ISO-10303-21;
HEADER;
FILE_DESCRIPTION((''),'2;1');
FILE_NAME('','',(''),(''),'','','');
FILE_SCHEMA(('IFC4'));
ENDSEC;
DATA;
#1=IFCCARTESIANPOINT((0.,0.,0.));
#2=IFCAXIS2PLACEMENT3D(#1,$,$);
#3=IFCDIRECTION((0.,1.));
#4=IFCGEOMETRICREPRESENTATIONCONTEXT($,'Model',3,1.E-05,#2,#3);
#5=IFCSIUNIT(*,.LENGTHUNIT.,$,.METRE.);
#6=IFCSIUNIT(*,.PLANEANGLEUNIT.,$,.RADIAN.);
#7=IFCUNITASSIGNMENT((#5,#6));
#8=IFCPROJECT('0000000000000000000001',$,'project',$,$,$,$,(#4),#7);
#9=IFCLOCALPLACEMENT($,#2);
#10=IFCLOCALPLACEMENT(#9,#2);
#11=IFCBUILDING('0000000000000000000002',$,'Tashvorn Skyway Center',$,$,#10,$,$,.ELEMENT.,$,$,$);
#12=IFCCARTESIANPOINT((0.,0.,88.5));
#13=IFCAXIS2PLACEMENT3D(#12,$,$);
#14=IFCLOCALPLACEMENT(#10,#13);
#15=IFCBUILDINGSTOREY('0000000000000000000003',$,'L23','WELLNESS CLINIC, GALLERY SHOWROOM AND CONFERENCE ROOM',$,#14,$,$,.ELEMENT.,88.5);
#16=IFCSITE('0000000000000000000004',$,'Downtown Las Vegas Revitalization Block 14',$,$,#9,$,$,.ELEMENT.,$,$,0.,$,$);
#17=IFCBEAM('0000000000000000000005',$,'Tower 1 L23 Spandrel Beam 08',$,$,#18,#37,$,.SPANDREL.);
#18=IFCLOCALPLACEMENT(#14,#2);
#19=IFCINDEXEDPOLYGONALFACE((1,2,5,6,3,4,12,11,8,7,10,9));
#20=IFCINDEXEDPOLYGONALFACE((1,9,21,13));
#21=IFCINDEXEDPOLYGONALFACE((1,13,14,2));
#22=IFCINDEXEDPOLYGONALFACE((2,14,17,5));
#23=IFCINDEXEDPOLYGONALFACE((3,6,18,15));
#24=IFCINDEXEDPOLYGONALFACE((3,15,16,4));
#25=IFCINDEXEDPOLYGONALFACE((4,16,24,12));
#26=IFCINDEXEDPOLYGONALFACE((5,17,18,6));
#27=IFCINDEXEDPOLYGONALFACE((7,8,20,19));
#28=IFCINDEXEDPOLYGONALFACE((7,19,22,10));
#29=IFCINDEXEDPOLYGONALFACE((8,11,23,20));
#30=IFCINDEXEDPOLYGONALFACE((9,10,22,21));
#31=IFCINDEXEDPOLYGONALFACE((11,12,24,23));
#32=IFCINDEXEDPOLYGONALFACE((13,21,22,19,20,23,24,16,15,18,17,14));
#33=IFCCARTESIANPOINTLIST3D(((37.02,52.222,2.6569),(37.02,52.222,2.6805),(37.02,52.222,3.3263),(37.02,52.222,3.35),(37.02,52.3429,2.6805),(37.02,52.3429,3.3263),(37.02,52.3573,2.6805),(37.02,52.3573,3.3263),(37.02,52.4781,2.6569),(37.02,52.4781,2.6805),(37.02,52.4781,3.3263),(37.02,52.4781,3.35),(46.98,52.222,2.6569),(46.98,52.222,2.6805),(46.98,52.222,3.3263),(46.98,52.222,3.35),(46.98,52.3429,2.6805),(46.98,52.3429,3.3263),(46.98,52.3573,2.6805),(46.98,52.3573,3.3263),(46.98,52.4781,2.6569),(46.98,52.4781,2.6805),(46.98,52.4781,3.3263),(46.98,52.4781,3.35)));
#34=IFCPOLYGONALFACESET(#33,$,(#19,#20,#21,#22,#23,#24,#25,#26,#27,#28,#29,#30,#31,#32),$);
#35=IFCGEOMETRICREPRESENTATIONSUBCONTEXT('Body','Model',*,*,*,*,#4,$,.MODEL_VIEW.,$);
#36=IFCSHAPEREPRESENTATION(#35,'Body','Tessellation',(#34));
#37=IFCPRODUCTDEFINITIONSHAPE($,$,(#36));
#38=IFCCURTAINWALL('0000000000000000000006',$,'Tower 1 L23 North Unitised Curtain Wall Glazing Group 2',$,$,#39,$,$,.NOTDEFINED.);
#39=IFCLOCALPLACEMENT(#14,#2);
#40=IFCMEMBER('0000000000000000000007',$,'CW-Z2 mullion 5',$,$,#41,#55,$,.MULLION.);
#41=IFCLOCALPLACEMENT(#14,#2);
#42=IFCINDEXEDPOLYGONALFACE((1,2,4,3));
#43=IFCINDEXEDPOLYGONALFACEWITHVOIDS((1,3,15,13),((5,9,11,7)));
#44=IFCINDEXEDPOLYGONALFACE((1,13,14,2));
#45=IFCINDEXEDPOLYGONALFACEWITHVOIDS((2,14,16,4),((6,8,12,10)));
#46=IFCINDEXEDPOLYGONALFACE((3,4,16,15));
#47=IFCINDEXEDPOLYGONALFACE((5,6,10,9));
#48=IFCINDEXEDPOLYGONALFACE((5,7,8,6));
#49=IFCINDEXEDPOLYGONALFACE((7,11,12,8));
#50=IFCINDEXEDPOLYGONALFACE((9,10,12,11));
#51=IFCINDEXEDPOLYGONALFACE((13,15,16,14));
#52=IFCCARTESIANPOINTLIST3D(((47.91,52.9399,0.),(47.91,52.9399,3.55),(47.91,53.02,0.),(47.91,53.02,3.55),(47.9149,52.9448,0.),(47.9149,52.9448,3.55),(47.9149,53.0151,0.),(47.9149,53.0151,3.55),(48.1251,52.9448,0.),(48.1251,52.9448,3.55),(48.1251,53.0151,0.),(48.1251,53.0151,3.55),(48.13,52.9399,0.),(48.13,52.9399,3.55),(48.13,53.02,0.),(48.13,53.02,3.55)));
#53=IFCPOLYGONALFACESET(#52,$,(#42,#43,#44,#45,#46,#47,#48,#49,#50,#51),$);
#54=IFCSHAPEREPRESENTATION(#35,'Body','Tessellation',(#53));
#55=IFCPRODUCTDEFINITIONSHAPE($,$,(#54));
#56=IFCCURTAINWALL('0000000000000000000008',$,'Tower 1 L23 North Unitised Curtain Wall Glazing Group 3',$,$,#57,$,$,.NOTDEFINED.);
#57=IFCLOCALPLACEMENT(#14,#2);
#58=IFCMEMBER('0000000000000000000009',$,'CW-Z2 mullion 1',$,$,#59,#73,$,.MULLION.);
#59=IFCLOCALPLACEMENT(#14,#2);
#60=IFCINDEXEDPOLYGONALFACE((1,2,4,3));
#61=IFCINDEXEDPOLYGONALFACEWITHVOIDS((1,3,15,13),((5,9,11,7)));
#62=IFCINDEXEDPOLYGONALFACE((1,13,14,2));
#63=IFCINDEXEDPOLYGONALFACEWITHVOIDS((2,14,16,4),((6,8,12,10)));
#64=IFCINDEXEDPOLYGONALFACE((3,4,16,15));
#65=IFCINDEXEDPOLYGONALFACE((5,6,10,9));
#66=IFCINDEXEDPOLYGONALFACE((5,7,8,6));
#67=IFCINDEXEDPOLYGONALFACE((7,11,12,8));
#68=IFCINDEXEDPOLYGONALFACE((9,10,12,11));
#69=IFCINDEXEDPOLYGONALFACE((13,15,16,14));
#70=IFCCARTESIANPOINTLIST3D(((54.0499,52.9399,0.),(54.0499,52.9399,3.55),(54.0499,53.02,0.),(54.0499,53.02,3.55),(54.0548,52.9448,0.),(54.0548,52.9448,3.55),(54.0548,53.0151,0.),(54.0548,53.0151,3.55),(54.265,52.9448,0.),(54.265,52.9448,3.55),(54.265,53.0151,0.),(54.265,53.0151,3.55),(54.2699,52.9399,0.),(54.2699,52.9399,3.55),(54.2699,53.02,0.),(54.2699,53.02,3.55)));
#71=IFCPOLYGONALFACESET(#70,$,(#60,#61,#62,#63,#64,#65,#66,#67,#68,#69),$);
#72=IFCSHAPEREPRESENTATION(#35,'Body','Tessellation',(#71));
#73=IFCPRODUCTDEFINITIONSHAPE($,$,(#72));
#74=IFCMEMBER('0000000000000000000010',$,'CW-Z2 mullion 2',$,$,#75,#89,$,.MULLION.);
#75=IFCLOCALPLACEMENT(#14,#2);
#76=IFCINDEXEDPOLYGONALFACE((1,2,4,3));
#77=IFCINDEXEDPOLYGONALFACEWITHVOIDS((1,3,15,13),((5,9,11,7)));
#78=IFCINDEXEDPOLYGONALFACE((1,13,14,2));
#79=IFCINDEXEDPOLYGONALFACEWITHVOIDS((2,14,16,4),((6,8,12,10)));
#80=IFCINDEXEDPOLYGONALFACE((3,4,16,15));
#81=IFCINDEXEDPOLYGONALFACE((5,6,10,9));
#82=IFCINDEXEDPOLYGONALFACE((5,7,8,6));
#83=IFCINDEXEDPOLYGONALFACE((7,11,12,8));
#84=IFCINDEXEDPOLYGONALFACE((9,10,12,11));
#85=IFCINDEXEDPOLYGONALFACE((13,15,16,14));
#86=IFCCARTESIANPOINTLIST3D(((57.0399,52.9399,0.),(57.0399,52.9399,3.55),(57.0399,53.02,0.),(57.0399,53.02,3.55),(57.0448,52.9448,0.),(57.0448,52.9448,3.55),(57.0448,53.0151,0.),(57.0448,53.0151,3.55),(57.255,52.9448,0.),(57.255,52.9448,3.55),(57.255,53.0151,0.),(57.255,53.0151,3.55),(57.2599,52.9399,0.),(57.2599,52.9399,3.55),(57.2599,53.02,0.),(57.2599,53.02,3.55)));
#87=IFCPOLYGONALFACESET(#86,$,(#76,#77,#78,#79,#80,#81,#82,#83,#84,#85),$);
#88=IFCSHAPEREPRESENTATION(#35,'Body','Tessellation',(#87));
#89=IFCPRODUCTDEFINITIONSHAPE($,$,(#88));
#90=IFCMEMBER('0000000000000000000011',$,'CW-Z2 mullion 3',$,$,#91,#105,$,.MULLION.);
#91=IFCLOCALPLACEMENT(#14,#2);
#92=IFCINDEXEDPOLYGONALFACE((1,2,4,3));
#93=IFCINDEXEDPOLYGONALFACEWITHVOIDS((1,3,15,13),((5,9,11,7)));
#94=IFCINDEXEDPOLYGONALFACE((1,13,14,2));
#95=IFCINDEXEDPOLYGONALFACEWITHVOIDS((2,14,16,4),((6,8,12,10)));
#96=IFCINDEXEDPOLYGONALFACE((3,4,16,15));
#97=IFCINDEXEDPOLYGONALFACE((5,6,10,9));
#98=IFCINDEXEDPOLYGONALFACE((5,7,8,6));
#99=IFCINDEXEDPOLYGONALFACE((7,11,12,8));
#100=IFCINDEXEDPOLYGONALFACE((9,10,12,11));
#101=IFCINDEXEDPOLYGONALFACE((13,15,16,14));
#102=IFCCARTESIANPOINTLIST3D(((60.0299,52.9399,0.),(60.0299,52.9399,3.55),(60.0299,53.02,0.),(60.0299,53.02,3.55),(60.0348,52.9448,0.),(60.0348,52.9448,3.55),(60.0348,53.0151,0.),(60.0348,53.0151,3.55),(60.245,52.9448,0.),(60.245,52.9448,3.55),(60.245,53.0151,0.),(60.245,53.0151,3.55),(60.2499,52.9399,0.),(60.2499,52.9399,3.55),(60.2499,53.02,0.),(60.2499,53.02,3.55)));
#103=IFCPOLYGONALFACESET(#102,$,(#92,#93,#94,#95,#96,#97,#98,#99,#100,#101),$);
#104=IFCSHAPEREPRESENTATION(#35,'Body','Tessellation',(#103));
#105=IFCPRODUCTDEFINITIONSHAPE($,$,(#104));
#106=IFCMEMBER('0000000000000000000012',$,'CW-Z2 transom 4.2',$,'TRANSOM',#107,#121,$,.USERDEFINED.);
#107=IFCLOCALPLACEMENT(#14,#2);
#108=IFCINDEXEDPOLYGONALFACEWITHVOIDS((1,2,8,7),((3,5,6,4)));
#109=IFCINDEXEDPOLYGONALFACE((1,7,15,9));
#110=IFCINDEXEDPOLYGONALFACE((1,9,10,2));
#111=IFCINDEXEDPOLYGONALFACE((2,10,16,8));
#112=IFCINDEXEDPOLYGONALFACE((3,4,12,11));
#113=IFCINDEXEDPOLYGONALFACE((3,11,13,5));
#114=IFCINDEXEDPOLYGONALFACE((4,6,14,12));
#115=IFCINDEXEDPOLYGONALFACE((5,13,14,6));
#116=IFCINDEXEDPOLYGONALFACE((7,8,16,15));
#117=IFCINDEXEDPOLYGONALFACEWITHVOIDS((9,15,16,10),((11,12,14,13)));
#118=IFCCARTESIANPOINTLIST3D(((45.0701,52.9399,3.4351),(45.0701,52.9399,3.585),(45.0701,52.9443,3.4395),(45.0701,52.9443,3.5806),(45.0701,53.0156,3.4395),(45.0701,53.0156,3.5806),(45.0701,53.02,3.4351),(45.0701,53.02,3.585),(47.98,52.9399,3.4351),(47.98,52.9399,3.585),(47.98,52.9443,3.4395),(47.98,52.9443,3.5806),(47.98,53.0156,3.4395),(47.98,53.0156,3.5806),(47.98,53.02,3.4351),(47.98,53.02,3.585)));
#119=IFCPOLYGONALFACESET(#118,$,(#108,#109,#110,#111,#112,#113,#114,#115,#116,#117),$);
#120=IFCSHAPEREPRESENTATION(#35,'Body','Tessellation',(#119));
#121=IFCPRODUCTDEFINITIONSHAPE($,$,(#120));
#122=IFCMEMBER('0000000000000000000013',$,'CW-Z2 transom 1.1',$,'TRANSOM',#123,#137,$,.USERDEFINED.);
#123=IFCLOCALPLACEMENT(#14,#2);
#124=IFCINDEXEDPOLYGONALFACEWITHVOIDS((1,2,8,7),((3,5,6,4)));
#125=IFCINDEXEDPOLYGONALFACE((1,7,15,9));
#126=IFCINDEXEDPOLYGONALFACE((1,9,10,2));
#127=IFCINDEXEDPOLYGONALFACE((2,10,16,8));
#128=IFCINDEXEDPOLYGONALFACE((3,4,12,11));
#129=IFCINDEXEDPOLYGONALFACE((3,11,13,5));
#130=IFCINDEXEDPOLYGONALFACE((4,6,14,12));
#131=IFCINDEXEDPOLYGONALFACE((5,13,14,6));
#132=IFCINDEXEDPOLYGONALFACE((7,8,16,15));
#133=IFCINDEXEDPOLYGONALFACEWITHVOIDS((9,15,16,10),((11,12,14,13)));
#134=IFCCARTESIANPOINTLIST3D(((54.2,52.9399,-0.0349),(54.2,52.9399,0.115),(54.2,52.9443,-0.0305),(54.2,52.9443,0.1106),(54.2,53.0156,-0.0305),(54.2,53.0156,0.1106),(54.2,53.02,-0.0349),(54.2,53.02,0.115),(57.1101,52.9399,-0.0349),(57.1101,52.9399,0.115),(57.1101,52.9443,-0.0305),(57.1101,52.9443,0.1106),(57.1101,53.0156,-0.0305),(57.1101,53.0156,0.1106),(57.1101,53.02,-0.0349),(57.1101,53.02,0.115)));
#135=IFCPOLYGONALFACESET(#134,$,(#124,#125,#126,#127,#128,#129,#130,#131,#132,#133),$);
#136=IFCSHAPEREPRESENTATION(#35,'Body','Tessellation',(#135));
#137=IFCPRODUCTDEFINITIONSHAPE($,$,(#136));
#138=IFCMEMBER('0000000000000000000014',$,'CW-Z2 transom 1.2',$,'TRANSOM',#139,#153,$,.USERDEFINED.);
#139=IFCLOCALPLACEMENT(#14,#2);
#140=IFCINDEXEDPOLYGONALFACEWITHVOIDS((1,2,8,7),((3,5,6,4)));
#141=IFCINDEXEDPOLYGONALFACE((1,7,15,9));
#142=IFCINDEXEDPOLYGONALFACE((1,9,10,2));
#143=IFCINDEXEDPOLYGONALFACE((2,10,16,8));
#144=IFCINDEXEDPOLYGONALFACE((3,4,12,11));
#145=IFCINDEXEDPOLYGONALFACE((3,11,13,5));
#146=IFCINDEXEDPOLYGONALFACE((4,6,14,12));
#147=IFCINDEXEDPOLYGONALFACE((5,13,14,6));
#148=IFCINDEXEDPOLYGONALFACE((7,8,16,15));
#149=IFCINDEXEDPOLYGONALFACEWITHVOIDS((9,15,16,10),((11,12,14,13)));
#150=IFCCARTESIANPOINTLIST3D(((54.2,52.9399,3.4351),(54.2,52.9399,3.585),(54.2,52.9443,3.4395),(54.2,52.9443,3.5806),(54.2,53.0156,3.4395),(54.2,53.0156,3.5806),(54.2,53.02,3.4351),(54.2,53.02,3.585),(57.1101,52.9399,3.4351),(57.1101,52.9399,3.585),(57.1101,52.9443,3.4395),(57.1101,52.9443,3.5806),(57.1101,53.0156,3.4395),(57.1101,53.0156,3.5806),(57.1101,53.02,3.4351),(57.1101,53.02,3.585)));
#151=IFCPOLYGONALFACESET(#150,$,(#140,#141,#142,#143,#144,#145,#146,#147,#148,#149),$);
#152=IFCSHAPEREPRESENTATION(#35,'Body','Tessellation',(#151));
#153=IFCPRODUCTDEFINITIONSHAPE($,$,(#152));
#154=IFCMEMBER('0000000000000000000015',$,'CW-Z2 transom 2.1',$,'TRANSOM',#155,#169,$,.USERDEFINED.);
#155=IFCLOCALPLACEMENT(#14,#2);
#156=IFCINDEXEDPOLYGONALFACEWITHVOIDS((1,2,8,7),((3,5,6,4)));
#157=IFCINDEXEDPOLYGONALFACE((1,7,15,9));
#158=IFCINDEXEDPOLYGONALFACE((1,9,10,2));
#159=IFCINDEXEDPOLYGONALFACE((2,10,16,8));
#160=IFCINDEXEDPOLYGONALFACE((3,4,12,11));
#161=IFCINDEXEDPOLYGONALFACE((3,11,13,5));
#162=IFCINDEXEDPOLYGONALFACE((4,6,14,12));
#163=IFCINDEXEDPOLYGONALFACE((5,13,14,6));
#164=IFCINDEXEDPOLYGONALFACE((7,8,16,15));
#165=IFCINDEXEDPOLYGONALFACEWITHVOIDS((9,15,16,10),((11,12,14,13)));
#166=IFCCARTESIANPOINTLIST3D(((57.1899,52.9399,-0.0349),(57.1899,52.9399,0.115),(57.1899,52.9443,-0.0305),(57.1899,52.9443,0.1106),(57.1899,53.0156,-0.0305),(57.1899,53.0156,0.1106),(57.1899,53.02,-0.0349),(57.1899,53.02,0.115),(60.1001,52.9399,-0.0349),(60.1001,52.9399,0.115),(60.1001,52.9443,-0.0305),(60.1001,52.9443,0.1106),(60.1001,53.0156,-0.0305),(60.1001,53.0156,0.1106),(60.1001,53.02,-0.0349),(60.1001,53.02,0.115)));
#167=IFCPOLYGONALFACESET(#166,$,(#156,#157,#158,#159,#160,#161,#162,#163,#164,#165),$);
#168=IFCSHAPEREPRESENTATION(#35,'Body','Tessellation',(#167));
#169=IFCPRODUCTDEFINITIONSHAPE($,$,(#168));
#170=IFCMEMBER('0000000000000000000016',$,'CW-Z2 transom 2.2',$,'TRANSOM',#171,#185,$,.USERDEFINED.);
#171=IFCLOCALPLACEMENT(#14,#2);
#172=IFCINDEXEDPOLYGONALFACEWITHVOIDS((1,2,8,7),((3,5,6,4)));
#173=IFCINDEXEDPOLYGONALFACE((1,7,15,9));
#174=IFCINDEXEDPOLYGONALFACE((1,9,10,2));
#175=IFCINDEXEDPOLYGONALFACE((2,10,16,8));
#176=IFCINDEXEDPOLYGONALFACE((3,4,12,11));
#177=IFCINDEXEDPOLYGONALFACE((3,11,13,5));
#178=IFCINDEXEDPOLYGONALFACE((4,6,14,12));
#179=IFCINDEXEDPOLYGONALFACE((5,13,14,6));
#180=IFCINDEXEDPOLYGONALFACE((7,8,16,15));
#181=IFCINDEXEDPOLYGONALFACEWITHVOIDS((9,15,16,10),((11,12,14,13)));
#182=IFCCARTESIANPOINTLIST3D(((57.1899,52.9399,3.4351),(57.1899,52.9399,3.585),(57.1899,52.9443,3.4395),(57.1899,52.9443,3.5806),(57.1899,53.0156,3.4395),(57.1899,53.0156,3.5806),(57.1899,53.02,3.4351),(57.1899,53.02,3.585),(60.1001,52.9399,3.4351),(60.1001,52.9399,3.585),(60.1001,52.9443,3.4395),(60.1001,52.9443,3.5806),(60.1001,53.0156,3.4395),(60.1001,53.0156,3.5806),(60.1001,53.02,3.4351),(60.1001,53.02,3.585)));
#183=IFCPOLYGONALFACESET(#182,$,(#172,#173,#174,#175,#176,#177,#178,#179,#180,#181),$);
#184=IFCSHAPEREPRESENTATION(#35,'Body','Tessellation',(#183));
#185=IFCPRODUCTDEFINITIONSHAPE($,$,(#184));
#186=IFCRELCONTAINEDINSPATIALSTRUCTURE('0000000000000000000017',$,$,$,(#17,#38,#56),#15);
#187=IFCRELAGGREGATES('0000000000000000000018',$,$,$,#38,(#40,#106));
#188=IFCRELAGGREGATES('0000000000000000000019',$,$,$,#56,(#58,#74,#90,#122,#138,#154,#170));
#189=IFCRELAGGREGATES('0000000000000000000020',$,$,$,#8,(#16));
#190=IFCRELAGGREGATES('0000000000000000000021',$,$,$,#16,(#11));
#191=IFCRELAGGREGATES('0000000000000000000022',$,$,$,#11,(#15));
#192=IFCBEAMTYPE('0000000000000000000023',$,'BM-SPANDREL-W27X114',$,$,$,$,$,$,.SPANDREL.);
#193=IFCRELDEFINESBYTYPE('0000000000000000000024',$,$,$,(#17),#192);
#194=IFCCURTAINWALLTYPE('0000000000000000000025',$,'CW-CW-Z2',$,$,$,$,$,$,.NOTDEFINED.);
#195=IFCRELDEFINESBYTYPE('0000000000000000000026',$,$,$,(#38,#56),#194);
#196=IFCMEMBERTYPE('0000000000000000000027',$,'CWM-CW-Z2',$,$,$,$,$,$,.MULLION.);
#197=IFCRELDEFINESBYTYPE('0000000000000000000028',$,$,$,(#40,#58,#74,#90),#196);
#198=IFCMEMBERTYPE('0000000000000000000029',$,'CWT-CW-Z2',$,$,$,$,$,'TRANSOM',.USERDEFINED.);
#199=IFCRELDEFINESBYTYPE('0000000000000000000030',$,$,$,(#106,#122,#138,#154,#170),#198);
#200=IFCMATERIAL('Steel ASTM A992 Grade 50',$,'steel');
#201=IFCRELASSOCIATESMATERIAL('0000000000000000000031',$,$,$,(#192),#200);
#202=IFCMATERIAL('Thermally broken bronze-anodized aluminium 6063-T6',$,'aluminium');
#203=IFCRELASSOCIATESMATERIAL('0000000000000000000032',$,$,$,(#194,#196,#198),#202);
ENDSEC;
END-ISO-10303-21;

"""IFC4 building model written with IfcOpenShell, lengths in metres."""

from ifc_helpers import new_model, si_unit, direction, frame, origin, origin_2d, place, context, subcontext, project, spatial, hollow_rectangle, i_section, extrude, material, material_profile, profile_set, type_object, element, aggregate, save


model = new_model("IFC4")

# Units and contexts
model_context = context("Model", 3, precision=1e-05, world=origin(), true_north=direction((0.0, 1.0)))
body_context = subcontext(model_context, "Body", "Model", "MODEL_VIEW")
ifc_project = project(units=[si_unit("LENGTHUNIT", "METRE"), si_unit("PLANEANGLEUNIT", "RADIAN")], contexts=[model_context])

# Site, building, storey
site_placement = place(None, origin())
site = spatial("IfcSite", under=ifc_project, at=site_placement, Name="Downtown Las Vegas Revitalization Block 14", CompositionType="ELEMENT", RefElevation=0.0)
building_placement = place(site_placement, origin())
building = spatial("IfcBuilding", under=site, at=building_placement, Name="Tashvorn Skyway Center", CompositionType="ELEMENT")
storey_placement = place(building_placement, frame((0.0, 0.0, 88.5)))
storey = spatial("IfcBuildingStorey", under=building, at=storey_placement, Name="L23", Description="WELLNESS CLINIC, GALLERY SHOWROOM AND CONFERENCE ROOM", CompositionType="ELEMENT", Elevation=88.5)

# Beam
ifc_material_1 = material(Name="Steel ASTM A992 Grade 50", Category="steel")
ifc_material_profile_1 = material_profile(ifc_material_1, i_section(OverallWidth=0.2561, OverallDepth=0.6931, WebThickness=0.0144, FlangeThickness=0.0237, at=origin_2d()), Name="W27X114")
ifc_profile_set_1 = profile_set([ifc_material_profile_1], Name="Steel ASTM A992 Grade 50")
beam_type_1 = type_object("IfcBeamType", Name="BM-SPANDREL-W27X114", PredefinedType="SPANDREL", material=ifc_profile_set_1)
beam_1_placement = place(storey_placement, frame((46.98, 52.3501, 3.0034), z_axis=(-1.0, 0.0, 0.0), x_axis=(0.0, -1.0, 0.0)))
element("IfcBeam", 1, at=beam_1_placement, inside=storey, type_object=beam_type_1, Name="Tower 1 L23 Spandrel Beam 08", PredefinedType="SPANDREL", context=body_context, shape_type="SweptSolid", body=[
    extrude(i_section(OverallWidth=0.2561, OverallDepth=0.6931, WebThickness=0.0144, FlangeThickness=0.0237, at=origin_2d()), origin(), (0.0, 0.0, 1.0), 9.96),
])

# Curtain wall, member
ifc_material_2 = material(Name="Thermally broken bronze-anodized aluminium 6063-T6", Category="aluminium")
curtain_wall_type = type_object("IfcCurtainWallType", Name="CW-CW-Z2", PredefinedType="NOTDEFINED", material=ifc_material_2)
curtain_wall_1_placement = place(storey_placement, origin())
curtain_wall_1 = element("IfcCurtainWall", 2, at=curtain_wall_1_placement, inside=storey, type_object=curtain_wall_type, Name="Tower 1 L23 North Unitised Curtain Wall Glazing Group 2", PredefinedType="NOTDEFINED")
ifc_material_profile_2 = material_profile(ifc_material_2, hollow_rectangle(XDim=0.0801, YDim=0.22, WallThickness=0.0049, at=origin_2d()), Name="ALU-MULL-80x220")
ifc_profile_set_2 = profile_set([ifc_material_profile_2], Name="Thermally broken bronze-anodized aluminium 6063-T6")
member_type_1 = type_object("IfcMemberType", Name="CWM-CW-Z2", PredefinedType="MULLION", material=ifc_profile_set_2)
member_1_placement = place(storey_placement, frame((48.02, 52.98, 0.0), z_axis=(0.0, 0.0, 1.0), x_axis=(0.0, 1.0, 0.0)))
member_1 = element("IfcMember", 3, at=member_1_placement, type_object=member_type_1, Name="CW-Z2 mullion 5", PredefinedType="MULLION", context=body_context, shape_type="SweptSolid", body=[
    extrude(hollow_rectangle(XDim=0.0801, YDim=0.22, WallThickness=0.0049, at=origin_2d()), origin(), (0.0, 0.0, 1.0), 3.55),
])

# Curtain wall, members
curtain_wall_2_placement = place(storey_placement, origin())
curtain_wall_2 = element("IfcCurtainWall", 4, at=curtain_wall_2_placement, inside=storey, type_object=curtain_wall_type, Name="Tower 1 L23 North Unitised Curtain Wall Glazing Group 3", PredefinedType="NOTDEFINED")
member_2_placement = place(storey_placement, frame((54.1599, 52.98, 0.0), z_axis=(0.0, 0.0, 1.0), x_axis=(0.0, 1.0, 0.0)))
member_2 = element("IfcMember", 5, at=member_2_placement, type_object=member_type_1, Name="CW-Z2 mullion 1", PredefinedType="MULLION", context=body_context, shape_type="SweptSolid", body=[
    extrude(hollow_rectangle(XDim=0.0801, YDim=0.22, WallThickness=0.0049, at=origin_2d()), origin(), (0.0, 0.0, 1.0), 3.55),
])
member_3_placement = place(storey_placement, frame((57.1499, 52.98, 0.0), z_axis=(0.0, 0.0, 1.0), x_axis=(0.0, 1.0, 0.0)))
member_3 = element("IfcMember", 6, at=member_3_placement, type_object=member_type_1, Name="CW-Z2 mullion 2", PredefinedType="MULLION", context=body_context, shape_type="SweptSolid", body=[
    extrude(hollow_rectangle(XDim=0.0801, YDim=0.22, WallThickness=0.0049, at=origin_2d()), origin(), (0.0, 0.0, 1.0), 3.55),
])
member_4_placement = place(storey_placement, frame((60.1399, 52.98, 0.0), z_axis=(0.0, 0.0, 1.0), x_axis=(0.0, 1.0, 0.0)))
member_4 = element("IfcMember", 7, at=member_4_placement, type_object=member_type_1, Name="CW-Z2 mullion 3", PredefinedType="MULLION", context=body_context, shape_type="SweptSolid", body=[
    extrude(hollow_rectangle(XDim=0.0801, YDim=0.22, WallThickness=0.0049, at=origin_2d()), origin(), (0.0, 0.0, 1.0), 3.55),
])

# Members
ifc_material_profile_3 = material_profile(ifc_material_2, hollow_rectangle(XDim=0.0801, YDim=0.1499, WallThickness=0.0044, at=origin_2d()), Name="ALU-TRAN-80x150")
ifc_profile_set_3 = profile_set([ifc_material_profile_3], Name="Thermally broken bronze-anodized aluminium 6063-T6")
member_type_2 = type_object("IfcMemberType", Name="CWT-CW-Z2", ElementType="TRANSOM", PredefinedType="USERDEFINED", material=ifc_profile_set_3)
member_5_placement = place(storey_placement, frame((45.0701, 52.98, 3.51), z_axis=(1.0, 0.0, 0.0), x_axis=(0.0, 1.0, 0.0)))
member_5 = element("IfcMember", 8, at=member_5_placement, type_object=member_type_2, Name="CW-Z2 transom 4.2", ObjectType="TRANSOM", PredefinedType="USERDEFINED", context=body_context, shape_type="SweptSolid", body=[
    extrude(hollow_rectangle(XDim=0.0801, YDim=0.1499, WallThickness=0.0044, at=origin_2d()), origin(), (0.0, 0.0, 1.0), 2.9099),
])
member_6_placement = place(storey_placement, frame((54.2, 52.98, 0.04), z_axis=(1.0, 0.0, 0.0), x_axis=(0.0, 1.0, 0.0)))
member_6 = element("IfcMember", 9, at=member_6_placement, type_object=member_type_2, Name="CW-Z2 transom 1.1", ObjectType="TRANSOM", PredefinedType="USERDEFINED", context=body_context, shape_type="SweptSolid", body=[
    extrude(hollow_rectangle(XDim=0.0801, YDim=0.1499, WallThickness=0.0044, at=origin_2d()), origin(), (0.0, 0.0, 1.0), 2.9102),
])
member_7_placement = place(storey_placement, frame((54.2, 52.98, 3.51), z_axis=(1.0, 0.0, 0.0), x_axis=(0.0, 1.0, 0.0)))
member_7 = element("IfcMember", 10, at=member_7_placement, type_object=member_type_2, Name="CW-Z2 transom 1.2", ObjectType="TRANSOM", PredefinedType="USERDEFINED", context=body_context, shape_type="SweptSolid", body=[
    extrude(hollow_rectangle(XDim=0.0801, YDim=0.1499, WallThickness=0.0044, at=origin_2d()), origin(), (0.0, 0.0, 1.0), 2.9102),
])
member_8_placement = place(storey_placement, frame((57.1899, 52.98, 0.04), z_axis=(1.0, 0.0, 0.0), x_axis=(0.0, 1.0, 0.0)))
member_8 = element("IfcMember", 11, at=member_8_placement, type_object=member_type_2, Name="CW-Z2 transom 2.1", ObjectType="TRANSOM", PredefinedType="USERDEFINED", context=body_context, shape_type="SweptSolid", body=[
    extrude(hollow_rectangle(XDim=0.0801, YDim=0.1499, WallThickness=0.0044, at=origin_2d()), origin(), (0.0, 0.0, 1.0), 2.9102),
])
member_9_placement = place(storey_placement, frame((57.1899, 52.98, 3.51), z_axis=(1.0, 0.0, 0.0), x_axis=(0.0, 1.0, 0.0)))
member_9 = element("IfcMember", 12, at=member_9_placement, type_object=member_type_2, Name="CW-Z2 transom 2.2", ObjectType="TRANSOM", PredefinedType="USERDEFINED", context=body_context, shape_type="SweptSolid", body=[
    extrude(hollow_rectangle(XDim=0.0801, YDim=0.1499, WallThickness=0.0044, at=origin_2d()), origin(), (0.0, 0.0, 1.0), 2.9102),
])

aggregate(curtain_wall_1, [member_1, member_5])
aggregate(curtain_wall_2, [member_2, member_3, member_4, member_6, member_7, member_8, member_9])

save(model, "model.ifc")
